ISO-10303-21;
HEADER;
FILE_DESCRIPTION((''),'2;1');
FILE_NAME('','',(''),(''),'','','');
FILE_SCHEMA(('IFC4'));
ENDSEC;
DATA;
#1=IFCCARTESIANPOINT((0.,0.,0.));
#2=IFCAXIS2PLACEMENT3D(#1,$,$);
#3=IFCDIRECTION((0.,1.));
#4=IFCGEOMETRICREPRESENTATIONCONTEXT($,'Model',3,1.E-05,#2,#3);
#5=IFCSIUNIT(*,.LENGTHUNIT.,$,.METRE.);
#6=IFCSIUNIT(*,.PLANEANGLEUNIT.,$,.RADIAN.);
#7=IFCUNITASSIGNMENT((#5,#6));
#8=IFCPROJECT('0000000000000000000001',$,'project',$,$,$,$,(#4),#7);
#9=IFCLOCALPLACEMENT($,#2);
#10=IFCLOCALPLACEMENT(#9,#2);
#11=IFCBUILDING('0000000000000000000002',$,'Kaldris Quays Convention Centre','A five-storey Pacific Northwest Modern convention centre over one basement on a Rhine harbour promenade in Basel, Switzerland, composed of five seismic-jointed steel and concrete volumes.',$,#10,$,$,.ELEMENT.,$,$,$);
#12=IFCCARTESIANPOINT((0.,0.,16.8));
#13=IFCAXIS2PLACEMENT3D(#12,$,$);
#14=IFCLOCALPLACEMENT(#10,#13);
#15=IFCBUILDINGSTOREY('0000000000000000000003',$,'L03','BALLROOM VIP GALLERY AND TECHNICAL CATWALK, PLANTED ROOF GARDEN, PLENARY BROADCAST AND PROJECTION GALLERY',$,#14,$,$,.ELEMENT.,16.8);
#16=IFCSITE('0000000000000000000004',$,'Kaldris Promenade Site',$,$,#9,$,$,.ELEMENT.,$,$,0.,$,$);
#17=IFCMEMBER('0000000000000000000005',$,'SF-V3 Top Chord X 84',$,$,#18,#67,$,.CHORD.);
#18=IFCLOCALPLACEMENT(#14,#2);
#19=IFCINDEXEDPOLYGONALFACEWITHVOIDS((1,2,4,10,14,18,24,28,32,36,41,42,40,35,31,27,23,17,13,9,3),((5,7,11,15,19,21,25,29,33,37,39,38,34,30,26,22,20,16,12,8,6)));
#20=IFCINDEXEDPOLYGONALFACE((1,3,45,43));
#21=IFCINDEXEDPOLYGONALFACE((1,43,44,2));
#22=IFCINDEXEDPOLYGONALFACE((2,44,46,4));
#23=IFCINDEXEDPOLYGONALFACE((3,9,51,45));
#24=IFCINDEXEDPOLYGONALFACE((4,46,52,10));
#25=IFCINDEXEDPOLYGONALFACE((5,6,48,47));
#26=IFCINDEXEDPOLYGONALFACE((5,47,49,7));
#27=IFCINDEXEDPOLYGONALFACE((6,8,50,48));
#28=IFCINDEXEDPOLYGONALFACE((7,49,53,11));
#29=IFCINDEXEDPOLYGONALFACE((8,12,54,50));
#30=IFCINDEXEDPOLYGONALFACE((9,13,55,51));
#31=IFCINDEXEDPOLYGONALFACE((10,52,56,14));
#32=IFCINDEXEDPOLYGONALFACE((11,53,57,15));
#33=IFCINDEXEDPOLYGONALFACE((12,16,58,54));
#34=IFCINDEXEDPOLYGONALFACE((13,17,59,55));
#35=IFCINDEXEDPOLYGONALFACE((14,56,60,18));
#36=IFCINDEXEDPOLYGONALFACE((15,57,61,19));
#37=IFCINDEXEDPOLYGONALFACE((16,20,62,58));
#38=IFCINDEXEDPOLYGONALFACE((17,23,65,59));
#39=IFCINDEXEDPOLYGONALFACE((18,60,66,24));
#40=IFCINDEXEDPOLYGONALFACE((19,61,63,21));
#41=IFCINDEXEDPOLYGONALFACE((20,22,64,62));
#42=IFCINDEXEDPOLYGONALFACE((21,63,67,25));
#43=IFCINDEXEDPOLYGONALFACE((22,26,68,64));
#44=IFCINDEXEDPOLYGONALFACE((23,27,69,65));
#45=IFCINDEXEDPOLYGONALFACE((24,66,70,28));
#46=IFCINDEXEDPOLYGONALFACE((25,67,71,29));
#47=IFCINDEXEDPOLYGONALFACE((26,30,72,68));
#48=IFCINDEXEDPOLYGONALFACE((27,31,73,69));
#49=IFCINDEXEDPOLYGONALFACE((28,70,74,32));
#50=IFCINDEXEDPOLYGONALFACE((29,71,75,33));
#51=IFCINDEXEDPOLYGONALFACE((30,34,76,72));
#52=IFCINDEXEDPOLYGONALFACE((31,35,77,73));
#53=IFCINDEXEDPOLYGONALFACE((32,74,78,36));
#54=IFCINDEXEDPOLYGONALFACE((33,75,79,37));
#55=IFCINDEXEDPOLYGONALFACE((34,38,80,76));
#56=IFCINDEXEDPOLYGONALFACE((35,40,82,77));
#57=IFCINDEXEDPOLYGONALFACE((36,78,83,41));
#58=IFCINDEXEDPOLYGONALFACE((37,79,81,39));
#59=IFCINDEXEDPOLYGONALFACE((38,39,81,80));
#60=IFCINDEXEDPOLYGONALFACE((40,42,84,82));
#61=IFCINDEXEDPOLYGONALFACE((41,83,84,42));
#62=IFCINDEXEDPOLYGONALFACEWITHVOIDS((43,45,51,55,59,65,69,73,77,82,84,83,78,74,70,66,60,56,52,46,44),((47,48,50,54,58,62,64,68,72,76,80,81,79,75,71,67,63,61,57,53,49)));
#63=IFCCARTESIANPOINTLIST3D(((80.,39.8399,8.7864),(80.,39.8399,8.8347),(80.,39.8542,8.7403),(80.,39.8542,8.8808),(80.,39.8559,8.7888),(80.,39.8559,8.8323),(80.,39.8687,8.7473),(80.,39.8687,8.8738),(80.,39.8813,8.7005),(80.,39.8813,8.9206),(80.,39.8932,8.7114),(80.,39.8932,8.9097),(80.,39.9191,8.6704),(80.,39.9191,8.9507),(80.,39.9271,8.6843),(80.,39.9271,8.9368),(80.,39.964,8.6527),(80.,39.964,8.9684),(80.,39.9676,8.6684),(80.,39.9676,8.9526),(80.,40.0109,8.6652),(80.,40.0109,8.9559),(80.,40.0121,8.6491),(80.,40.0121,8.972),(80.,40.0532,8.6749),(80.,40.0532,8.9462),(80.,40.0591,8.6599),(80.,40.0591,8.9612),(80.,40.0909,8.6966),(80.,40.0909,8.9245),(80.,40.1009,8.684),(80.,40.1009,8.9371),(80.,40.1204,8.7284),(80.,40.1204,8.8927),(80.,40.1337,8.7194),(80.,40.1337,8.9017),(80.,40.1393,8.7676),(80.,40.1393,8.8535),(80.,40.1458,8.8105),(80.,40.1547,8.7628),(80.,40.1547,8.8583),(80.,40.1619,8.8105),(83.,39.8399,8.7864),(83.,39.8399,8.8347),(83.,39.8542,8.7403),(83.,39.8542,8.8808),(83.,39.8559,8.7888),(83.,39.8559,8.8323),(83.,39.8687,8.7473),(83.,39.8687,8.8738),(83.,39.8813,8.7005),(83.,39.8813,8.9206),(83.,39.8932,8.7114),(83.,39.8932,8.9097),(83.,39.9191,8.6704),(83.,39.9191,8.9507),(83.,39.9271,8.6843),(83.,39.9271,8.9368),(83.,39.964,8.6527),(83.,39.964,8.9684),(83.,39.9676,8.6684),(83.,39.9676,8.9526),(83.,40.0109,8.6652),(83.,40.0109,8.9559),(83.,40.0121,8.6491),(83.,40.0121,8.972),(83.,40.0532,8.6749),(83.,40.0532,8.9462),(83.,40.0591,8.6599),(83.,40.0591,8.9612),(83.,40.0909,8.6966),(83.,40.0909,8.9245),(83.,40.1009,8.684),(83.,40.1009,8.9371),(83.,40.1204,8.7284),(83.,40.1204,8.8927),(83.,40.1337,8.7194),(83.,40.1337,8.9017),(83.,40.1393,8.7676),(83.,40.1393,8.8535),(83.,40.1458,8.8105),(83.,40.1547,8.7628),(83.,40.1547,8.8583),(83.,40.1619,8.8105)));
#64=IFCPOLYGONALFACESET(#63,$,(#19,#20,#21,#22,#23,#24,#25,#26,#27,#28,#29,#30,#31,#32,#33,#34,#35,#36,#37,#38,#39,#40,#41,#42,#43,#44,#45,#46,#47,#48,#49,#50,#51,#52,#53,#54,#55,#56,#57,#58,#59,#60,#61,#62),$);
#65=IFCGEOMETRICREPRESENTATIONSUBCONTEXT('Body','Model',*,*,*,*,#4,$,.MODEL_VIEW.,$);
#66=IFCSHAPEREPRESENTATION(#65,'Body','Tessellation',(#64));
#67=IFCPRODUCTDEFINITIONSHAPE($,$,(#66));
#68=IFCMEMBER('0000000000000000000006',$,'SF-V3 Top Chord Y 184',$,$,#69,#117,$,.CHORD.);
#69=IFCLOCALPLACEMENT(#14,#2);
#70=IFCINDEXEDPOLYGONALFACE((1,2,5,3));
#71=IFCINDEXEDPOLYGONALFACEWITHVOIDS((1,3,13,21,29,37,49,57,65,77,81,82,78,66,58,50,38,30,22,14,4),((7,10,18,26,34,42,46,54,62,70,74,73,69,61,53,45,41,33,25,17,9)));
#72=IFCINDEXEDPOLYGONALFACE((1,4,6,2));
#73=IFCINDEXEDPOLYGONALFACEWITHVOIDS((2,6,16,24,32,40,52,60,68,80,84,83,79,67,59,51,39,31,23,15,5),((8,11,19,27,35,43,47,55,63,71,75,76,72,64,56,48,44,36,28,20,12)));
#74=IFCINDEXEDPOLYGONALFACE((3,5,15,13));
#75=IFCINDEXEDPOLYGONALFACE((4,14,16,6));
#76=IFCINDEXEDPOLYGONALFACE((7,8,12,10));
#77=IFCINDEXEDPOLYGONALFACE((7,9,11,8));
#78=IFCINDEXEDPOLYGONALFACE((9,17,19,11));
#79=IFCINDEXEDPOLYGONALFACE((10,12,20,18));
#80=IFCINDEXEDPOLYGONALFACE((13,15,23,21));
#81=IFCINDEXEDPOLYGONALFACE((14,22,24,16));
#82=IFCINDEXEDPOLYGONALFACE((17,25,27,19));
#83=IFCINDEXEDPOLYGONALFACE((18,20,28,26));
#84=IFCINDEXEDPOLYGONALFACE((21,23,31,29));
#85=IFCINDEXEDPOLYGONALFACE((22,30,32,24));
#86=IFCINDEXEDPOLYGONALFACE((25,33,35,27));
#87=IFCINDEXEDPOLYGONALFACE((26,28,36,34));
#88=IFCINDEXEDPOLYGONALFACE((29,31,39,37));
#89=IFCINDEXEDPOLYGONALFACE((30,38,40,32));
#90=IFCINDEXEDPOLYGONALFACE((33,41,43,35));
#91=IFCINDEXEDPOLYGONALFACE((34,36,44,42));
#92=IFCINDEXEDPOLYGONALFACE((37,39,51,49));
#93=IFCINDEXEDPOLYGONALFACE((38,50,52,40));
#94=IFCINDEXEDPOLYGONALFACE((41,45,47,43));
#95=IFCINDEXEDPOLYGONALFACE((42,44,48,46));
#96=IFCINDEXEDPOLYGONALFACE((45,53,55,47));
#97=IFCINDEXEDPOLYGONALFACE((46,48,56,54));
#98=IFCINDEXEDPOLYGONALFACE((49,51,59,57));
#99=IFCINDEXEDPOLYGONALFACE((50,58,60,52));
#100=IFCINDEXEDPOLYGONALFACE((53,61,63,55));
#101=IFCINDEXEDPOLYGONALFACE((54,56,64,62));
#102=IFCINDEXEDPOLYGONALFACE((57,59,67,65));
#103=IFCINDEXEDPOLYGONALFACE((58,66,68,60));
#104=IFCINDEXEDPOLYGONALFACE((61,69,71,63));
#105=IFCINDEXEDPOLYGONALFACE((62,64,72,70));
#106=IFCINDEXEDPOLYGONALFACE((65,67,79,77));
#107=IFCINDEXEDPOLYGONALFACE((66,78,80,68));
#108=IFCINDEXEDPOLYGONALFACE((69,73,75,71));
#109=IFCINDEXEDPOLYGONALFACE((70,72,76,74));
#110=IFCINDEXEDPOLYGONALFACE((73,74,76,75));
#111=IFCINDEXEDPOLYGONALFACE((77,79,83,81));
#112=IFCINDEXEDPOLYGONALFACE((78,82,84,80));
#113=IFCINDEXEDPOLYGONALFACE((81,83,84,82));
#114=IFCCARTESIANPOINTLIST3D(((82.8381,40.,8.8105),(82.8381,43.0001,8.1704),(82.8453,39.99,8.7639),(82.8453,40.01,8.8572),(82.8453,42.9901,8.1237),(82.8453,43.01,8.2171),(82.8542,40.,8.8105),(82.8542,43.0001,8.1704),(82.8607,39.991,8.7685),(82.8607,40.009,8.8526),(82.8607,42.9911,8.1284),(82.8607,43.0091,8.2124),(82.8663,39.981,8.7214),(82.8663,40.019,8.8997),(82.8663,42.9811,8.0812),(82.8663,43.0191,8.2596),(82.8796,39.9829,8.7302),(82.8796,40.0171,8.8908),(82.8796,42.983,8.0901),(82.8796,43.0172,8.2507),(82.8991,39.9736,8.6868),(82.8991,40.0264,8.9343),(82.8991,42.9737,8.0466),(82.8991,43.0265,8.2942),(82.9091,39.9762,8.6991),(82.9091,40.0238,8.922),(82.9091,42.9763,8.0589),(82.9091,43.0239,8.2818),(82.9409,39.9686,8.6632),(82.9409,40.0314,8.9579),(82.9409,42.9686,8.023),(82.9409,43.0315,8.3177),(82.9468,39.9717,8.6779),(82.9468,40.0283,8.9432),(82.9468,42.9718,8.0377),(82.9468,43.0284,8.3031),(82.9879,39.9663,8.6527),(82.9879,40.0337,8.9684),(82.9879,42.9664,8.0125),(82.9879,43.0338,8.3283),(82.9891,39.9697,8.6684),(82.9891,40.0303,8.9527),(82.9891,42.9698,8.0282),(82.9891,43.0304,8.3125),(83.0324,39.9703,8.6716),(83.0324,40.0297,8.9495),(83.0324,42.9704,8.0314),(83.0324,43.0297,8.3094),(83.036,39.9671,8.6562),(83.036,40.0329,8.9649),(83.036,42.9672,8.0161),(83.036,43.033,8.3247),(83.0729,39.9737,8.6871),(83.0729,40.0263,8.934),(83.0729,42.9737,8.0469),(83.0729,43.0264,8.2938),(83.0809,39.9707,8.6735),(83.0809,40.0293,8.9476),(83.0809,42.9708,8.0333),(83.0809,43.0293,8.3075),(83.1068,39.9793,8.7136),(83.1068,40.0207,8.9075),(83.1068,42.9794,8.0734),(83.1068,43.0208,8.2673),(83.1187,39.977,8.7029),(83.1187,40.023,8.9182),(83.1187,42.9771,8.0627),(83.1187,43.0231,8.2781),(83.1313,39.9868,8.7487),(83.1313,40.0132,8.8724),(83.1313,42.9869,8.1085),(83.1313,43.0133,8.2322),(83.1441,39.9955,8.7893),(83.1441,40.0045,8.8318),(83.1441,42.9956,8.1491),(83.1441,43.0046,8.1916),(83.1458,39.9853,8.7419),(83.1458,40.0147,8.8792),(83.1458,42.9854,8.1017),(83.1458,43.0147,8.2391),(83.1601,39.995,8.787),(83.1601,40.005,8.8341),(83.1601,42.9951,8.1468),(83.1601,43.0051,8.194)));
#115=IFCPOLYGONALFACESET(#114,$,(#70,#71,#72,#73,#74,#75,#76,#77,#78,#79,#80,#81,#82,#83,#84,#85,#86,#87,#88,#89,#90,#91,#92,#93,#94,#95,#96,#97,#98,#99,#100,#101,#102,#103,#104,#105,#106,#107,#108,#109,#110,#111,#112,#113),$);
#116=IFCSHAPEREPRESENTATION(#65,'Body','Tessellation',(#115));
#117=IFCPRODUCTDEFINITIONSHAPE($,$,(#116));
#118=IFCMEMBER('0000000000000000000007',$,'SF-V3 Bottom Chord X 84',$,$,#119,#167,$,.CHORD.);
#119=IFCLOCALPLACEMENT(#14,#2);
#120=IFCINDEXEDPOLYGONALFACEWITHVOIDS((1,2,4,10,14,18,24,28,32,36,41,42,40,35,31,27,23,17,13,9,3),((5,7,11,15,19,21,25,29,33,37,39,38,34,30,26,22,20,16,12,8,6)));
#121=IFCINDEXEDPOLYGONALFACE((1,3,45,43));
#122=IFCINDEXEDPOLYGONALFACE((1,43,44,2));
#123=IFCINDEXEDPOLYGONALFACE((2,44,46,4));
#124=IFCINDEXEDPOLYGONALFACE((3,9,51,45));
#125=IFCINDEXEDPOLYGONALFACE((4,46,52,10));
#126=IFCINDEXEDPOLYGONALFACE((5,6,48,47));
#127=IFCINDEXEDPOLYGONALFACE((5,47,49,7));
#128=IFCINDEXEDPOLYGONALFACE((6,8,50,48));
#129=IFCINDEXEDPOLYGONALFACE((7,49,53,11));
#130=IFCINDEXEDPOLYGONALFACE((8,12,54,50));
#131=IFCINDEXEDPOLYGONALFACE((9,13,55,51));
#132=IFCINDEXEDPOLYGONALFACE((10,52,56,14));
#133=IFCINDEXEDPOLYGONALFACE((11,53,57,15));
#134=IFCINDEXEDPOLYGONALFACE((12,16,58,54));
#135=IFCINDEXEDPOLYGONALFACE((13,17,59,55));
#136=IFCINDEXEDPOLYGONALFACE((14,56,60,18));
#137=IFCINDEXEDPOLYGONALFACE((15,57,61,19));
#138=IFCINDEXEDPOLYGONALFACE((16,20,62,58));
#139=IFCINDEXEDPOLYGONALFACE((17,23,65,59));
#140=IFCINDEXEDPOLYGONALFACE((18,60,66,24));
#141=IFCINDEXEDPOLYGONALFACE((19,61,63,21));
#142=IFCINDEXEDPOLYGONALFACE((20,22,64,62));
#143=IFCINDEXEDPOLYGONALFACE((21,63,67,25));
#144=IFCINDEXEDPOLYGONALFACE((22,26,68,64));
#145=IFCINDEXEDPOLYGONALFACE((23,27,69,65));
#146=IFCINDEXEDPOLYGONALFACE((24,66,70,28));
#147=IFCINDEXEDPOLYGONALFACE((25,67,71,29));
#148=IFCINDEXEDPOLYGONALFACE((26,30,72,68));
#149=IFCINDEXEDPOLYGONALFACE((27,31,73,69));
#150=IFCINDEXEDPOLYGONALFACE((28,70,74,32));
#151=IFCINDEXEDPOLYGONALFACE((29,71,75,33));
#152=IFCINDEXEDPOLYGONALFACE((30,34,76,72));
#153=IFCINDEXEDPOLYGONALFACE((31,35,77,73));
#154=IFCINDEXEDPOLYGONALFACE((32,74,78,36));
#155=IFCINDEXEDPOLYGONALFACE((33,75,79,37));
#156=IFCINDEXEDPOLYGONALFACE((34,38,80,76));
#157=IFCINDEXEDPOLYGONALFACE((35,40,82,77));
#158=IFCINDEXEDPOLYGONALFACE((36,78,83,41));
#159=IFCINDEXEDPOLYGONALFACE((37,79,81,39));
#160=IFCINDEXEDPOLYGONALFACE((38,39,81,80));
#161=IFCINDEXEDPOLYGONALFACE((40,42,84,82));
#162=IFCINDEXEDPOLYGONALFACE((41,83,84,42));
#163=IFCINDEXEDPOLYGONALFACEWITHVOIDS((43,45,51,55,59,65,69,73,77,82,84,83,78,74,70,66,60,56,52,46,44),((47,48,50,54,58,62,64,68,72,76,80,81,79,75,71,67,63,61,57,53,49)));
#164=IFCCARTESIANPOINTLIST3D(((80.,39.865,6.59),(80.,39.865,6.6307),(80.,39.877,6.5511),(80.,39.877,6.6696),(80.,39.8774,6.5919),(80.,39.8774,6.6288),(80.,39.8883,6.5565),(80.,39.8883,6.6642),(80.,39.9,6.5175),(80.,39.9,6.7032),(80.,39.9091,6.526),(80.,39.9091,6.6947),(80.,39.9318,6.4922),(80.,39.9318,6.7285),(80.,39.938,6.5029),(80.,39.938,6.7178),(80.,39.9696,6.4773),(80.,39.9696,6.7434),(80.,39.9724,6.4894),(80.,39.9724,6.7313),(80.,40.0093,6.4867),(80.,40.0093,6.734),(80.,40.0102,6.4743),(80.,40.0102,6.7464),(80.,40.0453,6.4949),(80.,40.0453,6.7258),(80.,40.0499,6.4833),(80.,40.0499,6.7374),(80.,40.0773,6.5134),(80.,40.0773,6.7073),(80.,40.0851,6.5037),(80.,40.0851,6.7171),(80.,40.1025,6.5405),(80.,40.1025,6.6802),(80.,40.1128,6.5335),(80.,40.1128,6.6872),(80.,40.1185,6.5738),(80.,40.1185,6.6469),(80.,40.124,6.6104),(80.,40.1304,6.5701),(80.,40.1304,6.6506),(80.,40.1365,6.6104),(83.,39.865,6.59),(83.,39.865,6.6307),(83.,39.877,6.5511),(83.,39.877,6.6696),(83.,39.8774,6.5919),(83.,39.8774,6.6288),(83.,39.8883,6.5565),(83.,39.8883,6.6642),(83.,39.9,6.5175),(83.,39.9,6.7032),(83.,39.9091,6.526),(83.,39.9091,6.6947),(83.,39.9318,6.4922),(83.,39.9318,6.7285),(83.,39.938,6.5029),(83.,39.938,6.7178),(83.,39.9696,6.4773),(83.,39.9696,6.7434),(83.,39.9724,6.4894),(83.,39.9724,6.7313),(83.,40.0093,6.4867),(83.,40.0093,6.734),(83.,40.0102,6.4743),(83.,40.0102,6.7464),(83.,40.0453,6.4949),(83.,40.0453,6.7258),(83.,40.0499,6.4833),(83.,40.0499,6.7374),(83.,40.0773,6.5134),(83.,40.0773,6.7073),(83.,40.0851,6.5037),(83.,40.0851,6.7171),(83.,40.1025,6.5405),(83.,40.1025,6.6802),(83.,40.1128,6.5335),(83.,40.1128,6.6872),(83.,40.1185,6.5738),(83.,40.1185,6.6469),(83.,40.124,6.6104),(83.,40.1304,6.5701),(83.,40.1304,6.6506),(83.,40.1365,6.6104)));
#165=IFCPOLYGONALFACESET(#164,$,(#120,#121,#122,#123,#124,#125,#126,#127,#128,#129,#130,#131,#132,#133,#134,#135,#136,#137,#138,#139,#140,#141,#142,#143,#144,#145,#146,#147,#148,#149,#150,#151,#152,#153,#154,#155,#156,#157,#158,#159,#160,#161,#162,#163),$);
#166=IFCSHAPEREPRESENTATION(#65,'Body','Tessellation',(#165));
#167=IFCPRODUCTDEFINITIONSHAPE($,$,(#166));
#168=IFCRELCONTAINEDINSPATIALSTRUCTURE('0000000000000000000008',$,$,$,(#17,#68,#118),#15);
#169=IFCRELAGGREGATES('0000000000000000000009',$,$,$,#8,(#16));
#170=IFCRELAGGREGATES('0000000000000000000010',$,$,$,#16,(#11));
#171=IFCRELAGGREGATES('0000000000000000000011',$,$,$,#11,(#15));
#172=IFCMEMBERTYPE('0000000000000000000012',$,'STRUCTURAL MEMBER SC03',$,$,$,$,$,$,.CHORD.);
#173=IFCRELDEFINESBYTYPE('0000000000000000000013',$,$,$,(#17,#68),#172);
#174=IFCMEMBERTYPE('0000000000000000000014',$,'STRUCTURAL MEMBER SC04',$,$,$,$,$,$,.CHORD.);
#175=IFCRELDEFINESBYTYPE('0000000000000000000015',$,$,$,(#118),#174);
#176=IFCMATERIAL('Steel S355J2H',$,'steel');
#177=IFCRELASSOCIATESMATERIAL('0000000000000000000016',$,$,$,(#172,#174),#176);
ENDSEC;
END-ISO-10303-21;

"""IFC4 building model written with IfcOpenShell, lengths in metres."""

from ifc_helpers import new_model, si_unit, direction, frame, origin, origin_2d, place, context, subcontext, project, spatial, hollow_circle, extrude, material, material_profile, profile_set, type_object, element, save


model = new_model("IFC4")

# Units and contexts
model_context = context("Model", 3, precision=1e-05, world=origin(), true_north=direction((0.0, 1.0)))
body_context = subcontext(model_context, "Body", "Model", "MODEL_VIEW")
ifc_project = project(units=[si_unit("LENGTHUNIT", "METRE"), si_unit("PLANEANGLEUNIT", "RADIAN")], contexts=[model_context])

# Site, building, storey
site_placement = place(None, origin())
site = spatial("IfcSite", under=ifc_project, at=site_placement, Name="Kaldris Promenade Site", CompositionType="ELEMENT", RefElevation=0.0)
building_placement = place(site_placement, origin())
building = spatial("IfcBuilding", under=site, at=building_placement, Name="Kaldris Quays Convention Centre", Description="A five-storey Pacific Northwest Modern convention centre over one basement on a Rhine harbour promenade in Basel, Switzerland, composed of five seismic-jointed steel and concrete volumes.", CompositionType="ELEMENT")
storey_placement = place(building_placement, frame((0.0, 0.0, 16.8)))
storey = spatial("IfcBuildingStorey", under=building, at=storey_placement, Name="L03", Description="BALLROOM VIP GALLERY AND TECHNICAL CATWALK, PLANTED ROOF GARDEN, PLENARY BROADCAST AND PROJECTION GALLERY", CompositionType="ELEMENT", Elevation=16.8)

# Members
ifc_material_1 = material(Name="Steel S355J2H", Category="steel")
ifc_material_profile_1 = material_profile(ifc_material_1, hollow_circle(Radius=0.1619, WallThickness=0.0161, at=origin_2d()), Name="CHS 323.9x16")
ifc_profile_set_1 = profile_set([ifc_material_profile_1], Name="Steel S355J2H")
member_type_1 = type_object("IfcMemberType", Name="STRUCTURAL MEMBER SC03", PredefinedType="CHORD", material=ifc_profile_set_1)
member_1_placement = place(storey_placement, frame((80.0, 40.0, 8.8105), z_axis=(1.0, 0.0, 0.0), x_axis=(0.0, 1.0, 0.0)))
element("IfcMember", 1, at=member_1_placement, inside=storey, type_object=member_type_1, Name="SF-V3 Top Chord X 84", PredefinedType="CHORD", context=body_context, shape_type="SweptSolid", body=[
    extrude(hollow_circle(Radius=0.1619, WallThickness=0.0161, at=origin_2d()), origin(), (0.0, 0.0, 1.0), 3.0),
])
member_2_placement = place(storey_placement, frame((83.0, 40.0, 8.8105), z_axis=(0.0, 0.977984, -0.208681), x_axis=(-1.0, 0.0, 0.0)))
element("IfcMember", 2, at=member_2_placement, inside=storey, type_object=member_type_1, Name="SF-V3 Top Chord Y 184", PredefinedType="CHORD", context=body_context, shape_type="SweptSolid", body=[
    extrude(hollow_circle(Radius=0.1619, WallThickness=0.0161, at=origin_2d()), origin(), (0.0, 0.0, 1.0), 3.0676),
])
ifc_material_profile_2 = material_profile(ifc_material_1, hollow_circle(Radius=0.1365, WallThickness=0.0125, at=origin_2d()), Name="CHS 273x12.5")
ifc_profile_set_2 = profile_set([ifc_material_profile_2], Name="Steel S355J2H")
member_type_2 = type_object("IfcMemberType", Name="STRUCTURAL MEMBER SC04", PredefinedType="CHORD", material=ifc_profile_set_2)
member_3_placement = place(storey_placement, frame((80.0, 40.0, 6.6104), z_axis=(1.0, 0.0, 0.0), x_axis=(0.0, 1.0, 0.0)))
element("IfcMember", 3, at=member_3_placement, inside=storey, type_object=member_type_2, Name="SF-V3 Bottom Chord X 84", PredefinedType="CHORD", context=body_context, shape_type="SweptSolid", body=[
    extrude(hollow_circle(Radius=0.1365, WallThickness=0.0125, at=origin_2d()), origin(), (0.0, 0.0, 1.0), 3.0),
])

save(model, "model.ifc")
